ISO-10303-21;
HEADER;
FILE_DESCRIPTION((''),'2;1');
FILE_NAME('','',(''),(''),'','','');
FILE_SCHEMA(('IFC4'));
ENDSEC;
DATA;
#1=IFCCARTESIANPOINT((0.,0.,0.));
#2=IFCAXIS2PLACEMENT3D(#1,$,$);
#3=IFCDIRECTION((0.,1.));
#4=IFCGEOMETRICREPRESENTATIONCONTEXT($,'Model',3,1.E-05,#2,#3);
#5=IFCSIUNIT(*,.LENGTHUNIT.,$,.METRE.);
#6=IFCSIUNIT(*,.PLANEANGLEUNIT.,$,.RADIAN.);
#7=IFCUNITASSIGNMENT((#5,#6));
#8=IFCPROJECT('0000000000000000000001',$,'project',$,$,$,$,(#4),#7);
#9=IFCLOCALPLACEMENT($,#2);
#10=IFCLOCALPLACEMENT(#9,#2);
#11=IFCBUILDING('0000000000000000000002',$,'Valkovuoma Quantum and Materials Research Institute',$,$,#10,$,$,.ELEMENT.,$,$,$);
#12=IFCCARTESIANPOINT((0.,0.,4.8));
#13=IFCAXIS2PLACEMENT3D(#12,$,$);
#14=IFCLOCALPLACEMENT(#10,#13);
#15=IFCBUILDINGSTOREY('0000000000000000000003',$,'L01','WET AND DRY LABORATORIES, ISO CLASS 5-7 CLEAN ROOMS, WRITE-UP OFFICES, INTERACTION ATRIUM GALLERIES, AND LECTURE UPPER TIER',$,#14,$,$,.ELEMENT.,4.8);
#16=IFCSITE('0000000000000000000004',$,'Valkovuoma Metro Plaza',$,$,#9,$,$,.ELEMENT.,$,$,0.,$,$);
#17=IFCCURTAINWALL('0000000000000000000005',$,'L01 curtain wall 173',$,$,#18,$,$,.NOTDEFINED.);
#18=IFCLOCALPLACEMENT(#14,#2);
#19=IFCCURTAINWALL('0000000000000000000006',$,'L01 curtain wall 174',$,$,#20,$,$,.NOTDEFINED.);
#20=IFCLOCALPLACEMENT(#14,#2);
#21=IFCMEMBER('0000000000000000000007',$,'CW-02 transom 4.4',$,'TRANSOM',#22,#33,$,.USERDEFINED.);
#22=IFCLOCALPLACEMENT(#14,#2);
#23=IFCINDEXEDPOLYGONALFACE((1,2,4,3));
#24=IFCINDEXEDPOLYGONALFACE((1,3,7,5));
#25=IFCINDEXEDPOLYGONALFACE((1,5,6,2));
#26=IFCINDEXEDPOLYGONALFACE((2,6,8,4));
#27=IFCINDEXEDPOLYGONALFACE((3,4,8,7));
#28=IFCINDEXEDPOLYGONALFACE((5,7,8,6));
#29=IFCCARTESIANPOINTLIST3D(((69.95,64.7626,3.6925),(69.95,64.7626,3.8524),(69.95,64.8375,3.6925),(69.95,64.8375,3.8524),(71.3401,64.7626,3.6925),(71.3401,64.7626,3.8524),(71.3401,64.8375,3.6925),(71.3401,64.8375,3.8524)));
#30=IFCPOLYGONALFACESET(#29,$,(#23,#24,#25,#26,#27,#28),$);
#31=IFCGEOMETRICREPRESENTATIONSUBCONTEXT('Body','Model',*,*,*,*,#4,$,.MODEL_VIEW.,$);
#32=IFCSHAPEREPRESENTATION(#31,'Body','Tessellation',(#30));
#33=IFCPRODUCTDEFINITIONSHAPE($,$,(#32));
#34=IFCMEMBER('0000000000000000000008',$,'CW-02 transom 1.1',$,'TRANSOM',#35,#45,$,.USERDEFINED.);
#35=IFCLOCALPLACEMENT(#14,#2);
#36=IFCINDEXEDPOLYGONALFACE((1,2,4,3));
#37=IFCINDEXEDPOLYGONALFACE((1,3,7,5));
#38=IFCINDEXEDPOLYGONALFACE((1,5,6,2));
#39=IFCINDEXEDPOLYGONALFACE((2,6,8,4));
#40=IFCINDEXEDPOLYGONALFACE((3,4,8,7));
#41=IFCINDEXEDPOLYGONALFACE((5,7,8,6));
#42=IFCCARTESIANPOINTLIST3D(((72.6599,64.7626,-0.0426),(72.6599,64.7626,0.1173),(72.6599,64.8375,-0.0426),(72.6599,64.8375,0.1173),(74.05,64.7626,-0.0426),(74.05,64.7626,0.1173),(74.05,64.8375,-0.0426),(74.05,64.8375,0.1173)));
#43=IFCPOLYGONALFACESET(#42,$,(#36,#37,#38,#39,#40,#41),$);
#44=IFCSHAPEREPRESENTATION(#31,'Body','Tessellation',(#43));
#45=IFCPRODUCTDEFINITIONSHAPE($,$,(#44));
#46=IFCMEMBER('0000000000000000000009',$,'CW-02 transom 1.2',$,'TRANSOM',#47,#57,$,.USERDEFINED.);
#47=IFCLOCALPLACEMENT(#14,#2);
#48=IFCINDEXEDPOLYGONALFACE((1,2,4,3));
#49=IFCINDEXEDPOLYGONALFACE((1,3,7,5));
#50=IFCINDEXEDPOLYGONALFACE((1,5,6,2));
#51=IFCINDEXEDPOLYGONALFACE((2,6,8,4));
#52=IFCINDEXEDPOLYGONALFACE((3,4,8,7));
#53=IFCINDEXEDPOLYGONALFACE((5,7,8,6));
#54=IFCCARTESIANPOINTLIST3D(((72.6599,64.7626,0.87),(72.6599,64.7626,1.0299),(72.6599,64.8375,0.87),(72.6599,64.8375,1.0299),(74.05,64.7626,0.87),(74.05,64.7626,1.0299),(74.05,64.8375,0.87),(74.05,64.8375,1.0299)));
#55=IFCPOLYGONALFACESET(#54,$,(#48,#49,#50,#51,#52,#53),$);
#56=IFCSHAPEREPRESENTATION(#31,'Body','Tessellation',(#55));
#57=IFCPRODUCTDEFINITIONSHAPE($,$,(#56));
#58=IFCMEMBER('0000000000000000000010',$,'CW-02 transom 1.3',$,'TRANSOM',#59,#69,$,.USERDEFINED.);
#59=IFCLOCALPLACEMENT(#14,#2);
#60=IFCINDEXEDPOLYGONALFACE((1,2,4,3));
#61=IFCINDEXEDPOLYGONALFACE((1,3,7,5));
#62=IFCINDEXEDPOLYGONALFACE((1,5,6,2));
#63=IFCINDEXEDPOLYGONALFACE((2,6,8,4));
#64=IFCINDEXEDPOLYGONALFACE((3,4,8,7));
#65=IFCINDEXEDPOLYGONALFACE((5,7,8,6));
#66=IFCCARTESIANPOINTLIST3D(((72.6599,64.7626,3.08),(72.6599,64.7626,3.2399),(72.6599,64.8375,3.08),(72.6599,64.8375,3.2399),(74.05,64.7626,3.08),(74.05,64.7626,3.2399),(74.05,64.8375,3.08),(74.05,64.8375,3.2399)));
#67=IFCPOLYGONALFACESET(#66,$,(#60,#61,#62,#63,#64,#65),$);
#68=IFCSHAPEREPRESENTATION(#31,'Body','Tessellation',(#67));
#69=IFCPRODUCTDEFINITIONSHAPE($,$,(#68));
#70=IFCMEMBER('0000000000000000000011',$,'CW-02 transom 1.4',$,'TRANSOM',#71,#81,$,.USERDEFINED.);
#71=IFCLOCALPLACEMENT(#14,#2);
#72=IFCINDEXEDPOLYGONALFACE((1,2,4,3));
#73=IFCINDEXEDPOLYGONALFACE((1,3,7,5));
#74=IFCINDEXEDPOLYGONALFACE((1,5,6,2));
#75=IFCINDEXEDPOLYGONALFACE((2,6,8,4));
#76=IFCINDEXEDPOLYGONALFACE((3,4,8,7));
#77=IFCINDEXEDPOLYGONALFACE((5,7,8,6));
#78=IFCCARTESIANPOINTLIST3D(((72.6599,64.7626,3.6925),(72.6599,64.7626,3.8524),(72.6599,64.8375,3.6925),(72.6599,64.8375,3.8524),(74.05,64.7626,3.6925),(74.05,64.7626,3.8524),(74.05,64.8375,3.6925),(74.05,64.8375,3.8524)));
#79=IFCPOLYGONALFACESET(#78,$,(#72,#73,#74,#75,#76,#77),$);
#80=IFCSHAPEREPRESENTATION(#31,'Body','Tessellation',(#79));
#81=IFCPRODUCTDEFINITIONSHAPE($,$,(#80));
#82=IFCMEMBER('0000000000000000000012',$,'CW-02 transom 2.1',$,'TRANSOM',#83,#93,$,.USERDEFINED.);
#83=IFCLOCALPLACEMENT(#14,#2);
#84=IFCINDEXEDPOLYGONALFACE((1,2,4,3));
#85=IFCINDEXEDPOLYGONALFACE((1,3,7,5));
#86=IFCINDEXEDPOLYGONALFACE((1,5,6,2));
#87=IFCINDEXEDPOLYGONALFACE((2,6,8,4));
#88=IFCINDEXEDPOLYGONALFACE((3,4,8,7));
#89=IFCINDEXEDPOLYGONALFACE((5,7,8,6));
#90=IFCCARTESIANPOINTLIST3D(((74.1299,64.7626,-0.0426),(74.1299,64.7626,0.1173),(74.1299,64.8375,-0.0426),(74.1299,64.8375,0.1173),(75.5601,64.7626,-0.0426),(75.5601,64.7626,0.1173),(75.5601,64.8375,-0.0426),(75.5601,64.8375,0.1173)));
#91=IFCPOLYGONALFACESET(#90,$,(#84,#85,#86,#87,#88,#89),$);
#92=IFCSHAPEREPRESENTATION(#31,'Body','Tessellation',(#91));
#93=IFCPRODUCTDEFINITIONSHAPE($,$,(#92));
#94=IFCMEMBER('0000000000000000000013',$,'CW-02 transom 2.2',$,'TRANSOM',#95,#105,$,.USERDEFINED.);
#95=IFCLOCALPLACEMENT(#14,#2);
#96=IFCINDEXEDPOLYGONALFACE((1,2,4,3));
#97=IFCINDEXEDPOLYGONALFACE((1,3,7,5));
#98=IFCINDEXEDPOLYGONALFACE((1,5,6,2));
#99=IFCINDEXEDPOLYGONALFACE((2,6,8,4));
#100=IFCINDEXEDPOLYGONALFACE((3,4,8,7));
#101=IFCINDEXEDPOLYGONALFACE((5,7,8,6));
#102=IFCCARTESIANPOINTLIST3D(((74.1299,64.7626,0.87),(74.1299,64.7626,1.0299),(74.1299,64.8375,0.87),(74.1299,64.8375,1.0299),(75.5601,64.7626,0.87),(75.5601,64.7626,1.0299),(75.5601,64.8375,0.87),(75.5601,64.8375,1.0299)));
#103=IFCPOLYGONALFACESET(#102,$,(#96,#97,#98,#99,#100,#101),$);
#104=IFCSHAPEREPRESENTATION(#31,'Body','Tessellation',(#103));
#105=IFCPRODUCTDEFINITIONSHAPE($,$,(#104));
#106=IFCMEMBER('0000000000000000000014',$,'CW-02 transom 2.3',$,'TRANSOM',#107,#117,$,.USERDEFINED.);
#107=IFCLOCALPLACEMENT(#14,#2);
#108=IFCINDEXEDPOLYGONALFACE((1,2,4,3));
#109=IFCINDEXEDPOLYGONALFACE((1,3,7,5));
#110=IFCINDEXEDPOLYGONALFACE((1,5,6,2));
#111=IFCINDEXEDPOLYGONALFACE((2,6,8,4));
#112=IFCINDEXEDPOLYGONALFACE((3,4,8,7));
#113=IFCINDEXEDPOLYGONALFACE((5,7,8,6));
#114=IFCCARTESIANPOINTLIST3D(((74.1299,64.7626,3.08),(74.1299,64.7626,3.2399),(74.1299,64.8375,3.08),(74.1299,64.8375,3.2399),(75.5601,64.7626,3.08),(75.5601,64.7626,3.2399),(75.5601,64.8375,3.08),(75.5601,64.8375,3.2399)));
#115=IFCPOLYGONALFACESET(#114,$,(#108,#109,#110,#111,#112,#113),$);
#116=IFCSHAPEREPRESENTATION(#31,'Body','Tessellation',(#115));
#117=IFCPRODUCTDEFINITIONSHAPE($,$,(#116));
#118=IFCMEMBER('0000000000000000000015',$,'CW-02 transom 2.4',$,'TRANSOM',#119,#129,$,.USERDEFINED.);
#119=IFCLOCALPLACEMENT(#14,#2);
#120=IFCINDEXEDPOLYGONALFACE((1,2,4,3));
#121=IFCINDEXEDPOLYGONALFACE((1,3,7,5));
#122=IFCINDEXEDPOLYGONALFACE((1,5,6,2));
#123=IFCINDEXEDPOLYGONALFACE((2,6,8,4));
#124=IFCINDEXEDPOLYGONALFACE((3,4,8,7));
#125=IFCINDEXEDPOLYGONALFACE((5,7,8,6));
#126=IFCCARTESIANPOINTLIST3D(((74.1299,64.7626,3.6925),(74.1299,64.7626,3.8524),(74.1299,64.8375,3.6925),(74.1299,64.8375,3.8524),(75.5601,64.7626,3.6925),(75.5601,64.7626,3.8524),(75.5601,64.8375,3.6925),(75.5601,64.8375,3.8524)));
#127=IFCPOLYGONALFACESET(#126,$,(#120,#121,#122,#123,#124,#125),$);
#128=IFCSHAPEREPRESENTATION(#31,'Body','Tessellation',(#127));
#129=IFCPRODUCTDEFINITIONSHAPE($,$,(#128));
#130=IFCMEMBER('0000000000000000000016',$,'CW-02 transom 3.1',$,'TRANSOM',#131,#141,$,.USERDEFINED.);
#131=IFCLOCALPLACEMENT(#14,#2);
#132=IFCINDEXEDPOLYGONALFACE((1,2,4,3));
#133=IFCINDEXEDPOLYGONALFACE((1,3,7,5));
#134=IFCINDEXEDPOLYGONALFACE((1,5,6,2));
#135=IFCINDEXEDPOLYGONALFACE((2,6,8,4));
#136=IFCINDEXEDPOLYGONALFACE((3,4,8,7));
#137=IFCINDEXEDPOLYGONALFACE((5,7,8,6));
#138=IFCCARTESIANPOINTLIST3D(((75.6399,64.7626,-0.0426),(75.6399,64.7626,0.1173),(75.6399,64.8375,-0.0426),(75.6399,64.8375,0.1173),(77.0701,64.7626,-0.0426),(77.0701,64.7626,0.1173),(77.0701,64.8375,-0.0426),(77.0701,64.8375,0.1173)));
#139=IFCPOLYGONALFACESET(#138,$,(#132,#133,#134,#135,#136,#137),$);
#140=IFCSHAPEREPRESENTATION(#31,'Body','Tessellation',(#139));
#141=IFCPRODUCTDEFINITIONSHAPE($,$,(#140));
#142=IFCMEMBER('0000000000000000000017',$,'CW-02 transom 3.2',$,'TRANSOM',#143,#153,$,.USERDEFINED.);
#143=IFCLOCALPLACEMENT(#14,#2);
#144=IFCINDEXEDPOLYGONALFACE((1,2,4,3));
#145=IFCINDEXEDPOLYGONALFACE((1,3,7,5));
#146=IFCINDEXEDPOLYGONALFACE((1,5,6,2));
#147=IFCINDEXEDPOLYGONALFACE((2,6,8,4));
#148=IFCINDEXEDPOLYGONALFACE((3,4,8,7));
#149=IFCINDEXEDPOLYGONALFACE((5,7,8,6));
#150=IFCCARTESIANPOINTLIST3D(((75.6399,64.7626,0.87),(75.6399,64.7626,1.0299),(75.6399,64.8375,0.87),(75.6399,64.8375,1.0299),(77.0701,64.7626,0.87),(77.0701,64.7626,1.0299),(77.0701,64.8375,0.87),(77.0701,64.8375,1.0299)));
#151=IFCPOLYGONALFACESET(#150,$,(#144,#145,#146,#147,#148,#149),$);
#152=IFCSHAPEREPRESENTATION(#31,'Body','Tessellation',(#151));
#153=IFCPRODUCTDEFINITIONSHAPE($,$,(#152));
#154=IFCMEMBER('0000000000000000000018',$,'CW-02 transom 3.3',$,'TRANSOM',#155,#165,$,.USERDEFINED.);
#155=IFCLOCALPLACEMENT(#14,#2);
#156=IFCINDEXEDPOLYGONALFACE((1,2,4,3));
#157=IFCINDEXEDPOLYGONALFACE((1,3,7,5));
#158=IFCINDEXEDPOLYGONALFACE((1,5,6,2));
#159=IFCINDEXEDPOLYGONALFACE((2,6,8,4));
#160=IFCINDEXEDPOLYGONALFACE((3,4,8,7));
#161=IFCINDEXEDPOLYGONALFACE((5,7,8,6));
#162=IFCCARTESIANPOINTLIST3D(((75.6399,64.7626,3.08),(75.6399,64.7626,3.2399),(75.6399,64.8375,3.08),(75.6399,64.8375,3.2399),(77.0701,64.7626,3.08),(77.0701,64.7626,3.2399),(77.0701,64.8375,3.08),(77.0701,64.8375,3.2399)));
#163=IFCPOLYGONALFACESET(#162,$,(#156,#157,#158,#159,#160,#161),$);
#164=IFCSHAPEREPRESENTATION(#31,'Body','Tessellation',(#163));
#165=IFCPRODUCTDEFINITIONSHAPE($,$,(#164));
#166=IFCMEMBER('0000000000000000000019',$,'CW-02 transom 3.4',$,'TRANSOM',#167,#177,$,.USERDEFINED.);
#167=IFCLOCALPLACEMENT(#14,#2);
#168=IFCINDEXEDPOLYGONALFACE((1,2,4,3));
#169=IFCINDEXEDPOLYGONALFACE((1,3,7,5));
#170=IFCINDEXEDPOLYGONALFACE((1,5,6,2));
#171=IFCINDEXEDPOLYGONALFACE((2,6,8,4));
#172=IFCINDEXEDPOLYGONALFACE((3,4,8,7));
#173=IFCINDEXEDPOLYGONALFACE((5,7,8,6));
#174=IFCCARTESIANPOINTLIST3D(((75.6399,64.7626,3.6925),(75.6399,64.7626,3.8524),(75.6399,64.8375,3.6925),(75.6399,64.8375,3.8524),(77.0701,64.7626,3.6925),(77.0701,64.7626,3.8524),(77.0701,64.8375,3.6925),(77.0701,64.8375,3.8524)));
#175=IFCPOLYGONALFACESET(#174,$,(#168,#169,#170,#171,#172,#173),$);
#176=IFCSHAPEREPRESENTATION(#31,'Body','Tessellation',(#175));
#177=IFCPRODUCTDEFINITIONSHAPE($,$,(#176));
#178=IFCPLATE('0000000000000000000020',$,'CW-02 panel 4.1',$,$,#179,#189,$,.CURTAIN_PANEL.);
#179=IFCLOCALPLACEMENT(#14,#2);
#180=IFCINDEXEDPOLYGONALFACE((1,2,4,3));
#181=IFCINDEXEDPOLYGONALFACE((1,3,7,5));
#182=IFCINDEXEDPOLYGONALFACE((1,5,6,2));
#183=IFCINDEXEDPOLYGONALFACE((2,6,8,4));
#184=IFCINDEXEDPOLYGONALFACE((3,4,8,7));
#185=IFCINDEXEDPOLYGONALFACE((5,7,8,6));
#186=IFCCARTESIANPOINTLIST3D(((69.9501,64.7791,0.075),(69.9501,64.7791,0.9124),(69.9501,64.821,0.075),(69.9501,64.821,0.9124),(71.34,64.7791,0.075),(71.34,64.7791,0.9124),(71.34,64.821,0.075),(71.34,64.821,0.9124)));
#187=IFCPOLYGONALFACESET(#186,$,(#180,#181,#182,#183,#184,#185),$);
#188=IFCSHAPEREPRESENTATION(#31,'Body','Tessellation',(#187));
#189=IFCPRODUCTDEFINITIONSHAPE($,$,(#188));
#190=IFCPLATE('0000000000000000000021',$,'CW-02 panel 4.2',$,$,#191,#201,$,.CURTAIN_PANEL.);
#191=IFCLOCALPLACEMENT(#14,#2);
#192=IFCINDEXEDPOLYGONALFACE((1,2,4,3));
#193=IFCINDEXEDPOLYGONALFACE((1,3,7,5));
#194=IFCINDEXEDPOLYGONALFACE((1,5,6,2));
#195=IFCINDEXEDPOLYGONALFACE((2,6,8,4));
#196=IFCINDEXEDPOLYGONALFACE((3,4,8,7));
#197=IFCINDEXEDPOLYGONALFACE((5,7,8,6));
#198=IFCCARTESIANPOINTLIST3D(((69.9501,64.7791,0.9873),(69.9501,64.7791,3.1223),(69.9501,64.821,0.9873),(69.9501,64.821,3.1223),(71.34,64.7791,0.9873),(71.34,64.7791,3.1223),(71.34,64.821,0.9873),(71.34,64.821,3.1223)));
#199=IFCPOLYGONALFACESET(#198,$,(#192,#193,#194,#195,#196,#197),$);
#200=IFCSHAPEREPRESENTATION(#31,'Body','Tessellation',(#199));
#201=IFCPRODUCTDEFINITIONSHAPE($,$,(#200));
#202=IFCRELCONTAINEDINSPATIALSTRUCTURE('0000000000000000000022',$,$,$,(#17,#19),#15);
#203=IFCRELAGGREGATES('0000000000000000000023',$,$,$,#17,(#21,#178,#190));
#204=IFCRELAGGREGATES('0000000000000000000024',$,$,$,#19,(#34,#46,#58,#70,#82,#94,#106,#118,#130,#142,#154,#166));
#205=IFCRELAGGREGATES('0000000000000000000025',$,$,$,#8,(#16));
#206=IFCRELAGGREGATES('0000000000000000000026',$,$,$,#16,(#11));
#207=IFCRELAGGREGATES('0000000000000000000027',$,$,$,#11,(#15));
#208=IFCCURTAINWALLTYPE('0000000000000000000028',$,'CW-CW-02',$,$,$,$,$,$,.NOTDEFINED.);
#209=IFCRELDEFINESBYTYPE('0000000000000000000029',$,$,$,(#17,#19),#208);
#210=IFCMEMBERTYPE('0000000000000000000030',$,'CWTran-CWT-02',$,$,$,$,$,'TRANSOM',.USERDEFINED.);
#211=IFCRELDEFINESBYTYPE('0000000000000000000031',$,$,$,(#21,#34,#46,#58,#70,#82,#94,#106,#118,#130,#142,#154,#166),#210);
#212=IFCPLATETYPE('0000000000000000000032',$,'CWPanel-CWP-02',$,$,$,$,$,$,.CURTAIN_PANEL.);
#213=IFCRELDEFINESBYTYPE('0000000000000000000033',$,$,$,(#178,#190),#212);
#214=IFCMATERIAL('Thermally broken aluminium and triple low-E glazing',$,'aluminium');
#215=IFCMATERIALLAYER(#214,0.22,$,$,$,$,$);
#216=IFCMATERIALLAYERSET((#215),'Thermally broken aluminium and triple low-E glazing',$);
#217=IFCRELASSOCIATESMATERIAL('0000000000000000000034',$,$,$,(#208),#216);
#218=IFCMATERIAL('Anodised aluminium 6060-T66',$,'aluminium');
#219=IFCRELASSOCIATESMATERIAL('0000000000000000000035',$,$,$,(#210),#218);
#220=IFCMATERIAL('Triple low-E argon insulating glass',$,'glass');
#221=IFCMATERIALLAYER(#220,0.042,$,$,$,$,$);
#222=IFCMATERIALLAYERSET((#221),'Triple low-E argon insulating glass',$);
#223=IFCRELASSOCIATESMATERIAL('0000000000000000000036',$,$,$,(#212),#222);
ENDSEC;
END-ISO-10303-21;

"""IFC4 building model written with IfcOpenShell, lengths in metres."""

from ifc_helpers import new_model, si_unit, direction, frame, origin, origin_2d, place, context, subcontext, project, spatial, rectangle, extrude, material, layer, layer_set, material_profile, profile_set, type_object, element, aggregate, save


model = new_model("IFC4")

# Units and contexts
model_context = context("Model", 3, precision=1e-05, world=origin(), true_north=direction((0.0, 1.0)))
body_context = subcontext(model_context, "Body", "Model", "MODEL_VIEW")
ifc_project = project(units=[si_unit("LENGTHUNIT", "METRE"), si_unit("PLANEANGLEUNIT", "RADIAN")], contexts=[model_context])

# Site, building, storey
site_placement = place(None, origin())
site = spatial("IfcSite", under=ifc_project, at=site_placement, Name="Valkovuoma Metro Plaza", CompositionType="ELEMENT", RefElevation=0.0)
building_placement = place(site_placement, origin())
building = spatial("IfcBuilding", under=site, at=building_placement, Name="Valkovuoma Quantum and Materials Research Institute", CompositionType="ELEMENT")
storey_placement = place(building_placement, frame((0.0, 0.0, 4.8)))
storey = spatial("IfcBuildingStorey", under=building, at=storey_placement, Name="L01", Description="WET AND DRY LABORATORIES, ISO CLASS 5-7 CLEAN ROOMS, WRITE-UP OFFICES, INTERACTION ATRIUM GALLERIES, AND LECTURE UPPER TIER", CompositionType="ELEMENT", Elevation=4.8)

# Curtain walls
ifc_material_1 = material(Name="Thermally broken aluminium and triple low-E glazing", Category="aluminium")
ifc_layer_1 = layer(ifc_material_1, 0.22)
ifc_layer_set_1 = layer_set([ifc_layer_1], Name="Thermally broken aluminium and triple low-E glazing")
curtain_wall_type = type_object("IfcCurtainWallType", Name="CW-CW-02", PredefinedType="NOTDEFINED", material=ifc_layer_set_1)
curtain_wall_1_placement = place(storey_placement, origin())
curtain_wall_1 = element("IfcCurtainWall", 1, at=curtain_wall_1_placement, inside=storey, type_object=curtain_wall_type, Name="L01 curtain wall 173", PredefinedType="NOTDEFINED")
curtain_wall_2_placement = place(storey_placement, origin())
curtain_wall_2 = element("IfcCurtainWall", 2, at=curtain_wall_2_placement, inside=storey, type_object=curtain_wall_type, Name="L01 curtain wall 174", PredefinedType="NOTDEFINED")

# Members
ifc_material_2 = material(Name="Anodised aluminium 6060-T66", Category="aluminium")
ifc_material_profile_1 = material_profile(ifc_material_2, rectangle(XDim=0.075, YDim=0.1599, at=origin_2d()), Name="Anodised aluminium 6060-T66")
ifc_profile_set_1 = profile_set([ifc_material_profile_1], Name="Anodised aluminium 6060-T66")
member_type_1 = type_object("IfcMemberType", Name="CWTran-CWT-02", ElementType="TRANSOM", PredefinedType="USERDEFINED", material=ifc_profile_set_1)
member_1_placement = place(storey_placement, frame((69.95, 64.8, 3.7725), z_axis=(1.0, 0.0, 0.0), x_axis=(0.0, 1.0, 0.0)))
member_1 = element("IfcMember", 3, at=member_1_placement, type_object=member_type_1, Name="CW-02 transom 4.4", ObjectType="TRANSOM", PredefinedType="USERDEFINED", context=body_context, shape_type="SweptSolid", body=[
    extrude(rectangle(XDim=0.075, YDim=0.1599, at=origin_2d()), origin(), (0.0, 0.0, 1.0), 1.3901),
])
member_2_placement = place(storey_placement, frame((72.6599, 64.8, 0.0374), z_axis=(1.0, 0.0, 0.0), x_axis=(0.0, 1.0, 0.0)))
member_2 = element("IfcMember", 4, at=member_2_placement, type_object=member_type_1, Name="CW-02 transom 1.1", ObjectType="TRANSOM", PredefinedType="USERDEFINED", context=body_context, shape_type="SweptSolid", body=[
    extrude(rectangle(XDim=0.075, YDim=0.1599, at=origin_2d()), origin(), (0.0, 0.0, 1.0), 1.3901),
])
member_3_placement = place(storey_placement, frame((72.6599, 64.8, 0.95), z_axis=(1.0, 0.0, 0.0), x_axis=(0.0, 1.0, 0.0)))
member_3 = element("IfcMember", 5, at=member_3_placement, type_object=member_type_1, Name="CW-02 transom 1.2", ObjectType="TRANSOM", PredefinedType="USERDEFINED", context=body_context, shape_type="SweptSolid", body=[
    extrude(rectangle(XDim=0.075, YDim=0.1599, at=origin_2d()), origin(), (0.0, 0.0, 1.0), 1.3901),
])
member_4_placement = place(storey_placement, frame((72.6599, 64.8, 3.1599), z_axis=(1.0, 0.0, 0.0), x_axis=(0.0, 1.0, 0.0)))
member_4 = element("IfcMember", 6, at=member_4_placement, type_object=member_type_1, Name="CW-02 transom 1.3", ObjectType="TRANSOM", PredefinedType="USERDEFINED", context=body_context, shape_type="SweptSolid", body=[
    extrude(rectangle(XDim=0.075, YDim=0.1599, at=origin_2d()), origin(), (0.0, 0.0, 1.0), 1.3901),
])
member_5_placement = place(storey_placement, frame((72.6599, 64.8, 3.7725), z_axis=(1.0, 0.0, 0.0), x_axis=(0.0, 1.0, 0.0)))
member_5 = element("IfcMember", 7, at=member_5_placement, type_object=member_type_1, Name="CW-02 transom 1.4", ObjectType="TRANSOM", PredefinedType="USERDEFINED", context=body_context, shape_type="SweptSolid", body=[
    extrude(rectangle(XDim=0.075, YDim=0.1599, at=origin_2d()), origin(), (0.0, 0.0, 1.0), 1.3901),
])
member_6_placement = place(storey_placement, frame((74.1299, 64.8, 0.0374), z_axis=(1.0, 0.0, 0.0), x_axis=(0.0, 1.0, 0.0)))
member_6 = element("IfcMember", 8, at=member_6_placement, type_object=member_type_1, Name="CW-02 transom 2.1", ObjectType="TRANSOM", PredefinedType="USERDEFINED", context=body_context, shape_type="SweptSolid", body=[
    extrude(rectangle(XDim=0.075, YDim=0.1599, at=origin_2d()), origin(), (0.0, 0.0, 1.0), 1.4302),
])
member_7_placement = place(storey_placement, frame((74.1299, 64.8, 0.95), z_axis=(1.0, 0.0, 0.0), x_axis=(0.0, 1.0, 0.0)))
member_7 = element("IfcMember", 9, at=member_7_placement, type_object=member_type_1, Name="CW-02 transom 2.2", ObjectType="TRANSOM", PredefinedType="USERDEFINED", context=body_context, shape_type="SweptSolid", body=[
    extrude(rectangle(XDim=0.075, YDim=0.1599, at=origin_2d()), origin(), (0.0, 0.0, 1.0), 1.4302),
])
member_8_placement = place(storey_placement, frame((74.1299, 64.8, 3.1599), z_axis=(1.0, 0.0, 0.0), x_axis=(0.0, 1.0, 0.0)))
member_8 = element("IfcMember", 10, at=member_8_placement, type_object=member_type_1, Name="CW-02 transom 2.3", ObjectType="TRANSOM", PredefinedType="USERDEFINED", context=body_context, shape_type="SweptSolid", body=[
    extrude(rectangle(XDim=0.075, YDim=0.1599, at=origin_2d()), origin(), (0.0, 0.0, 1.0), 1.4302),
])
member_9_placement = place(storey_placement, frame((74.1299, 64.8, 3.7725), z_axis=(1.0, 0.0, 0.0), x_axis=(0.0, 1.0, 0.0)))
member_9 = element("IfcMember", 11, at=member_9_placement, type_object=member_type_1, Name="CW-02 transom 2.4", ObjectType="TRANSOM", PredefinedType="USERDEFINED", context=body_context, shape_type="SweptSolid", body=[
    extrude(rectangle(XDim=0.075, YDim=0.1599, at=origin_2d()), origin(), (0.0, 0.0, 1.0), 1.4302),
])
member_10_placement = place(storey_placement, frame((75.6399, 64.8, 0.0374), z_axis=(1.0, 0.0, 0.0), x_axis=(0.0, 1.0, 0.0)))
member_10 = element("IfcMember", 12, at=member_10_placement, type_object=member_type_1, Name="CW-02 transom 3.1", ObjectType="TRANSOM", PredefinedType="USERDEFINED", context=body_context, shape_type="SweptSolid", body=[
    extrude(rectangle(XDim=0.075, YDim=0.1599, at=origin_2d()), origin(), (0.0, 0.0, 1.0), 1.4302),
])
member_11_placement = place(storey_placement, frame((75.6399, 64.8, 0.95), z_axis=(1.0, 0.0, 0.0), x_axis=(0.0, 1.0, 0.0)))
member_11 = element("IfcMember", 13, at=member_11_placement, type_object=member_type_1, Name="CW-02 transom 3.2", ObjectType="TRANSOM", PredefinedType="USERDEFINED", context=body_context, shape_type="SweptSolid", body=[
    extrude(rectangle(XDim=0.075, YDim=0.1599, at=origin_2d()), origin(), (0.0, 0.0, 1.0), 1.4302),
])
member_12_placement = place(storey_placement, frame((75.6399, 64.8, 3.1599), z_axis=(1.0, 0.0, 0.0), x_axis=(0.0, 1.0, 0.0)))
member_12 = element("IfcMember", 14, at=member_12_placement, type_object=member_type_1, Name="CW-02 transom 3.3", ObjectType="TRANSOM", PredefinedType="USERDEFINED", context=body_context, shape_type="SweptSolid", body=[
    extrude(rectangle(XDim=0.075, YDim=0.1599, at=origin_2d()), origin(), (0.0, 0.0, 1.0), 1.4302),
])
member_13_placement = place(storey_placement, frame((75.6399, 64.8, 3.7725), z_axis=(1.0, 0.0, 0.0), x_axis=(0.0, 1.0, 0.0)))
member_13 = element("IfcMember", 15, at=member_13_placement, type_object=member_type_1, Name="CW-02 transom 3.4", ObjectType="TRANSOM", PredefinedType="USERDEFINED", context=body_context, shape_type="SweptSolid", body=[
    extrude(rectangle(XDim=0.075, YDim=0.1599, at=origin_2d()), origin(), (0.0, 0.0, 1.0), 1.4302),
])

# Plates
ifc_material_3 = material(Name="Triple low-E argon insulating glass", Category="glass")
ifc_layer_2 = layer(ifc_material_3, 0.042)
ifc_layer_set_2 = layer_set([ifc_layer_2], Name="Triple low-E argon insulating glass")
plate_type = type_object("IfcPlateType", Name="CWPanel-CWP-02", PredefinedType="CURTAIN_PANEL", material=ifc_layer_set_2)
plate_1_placement = place(storey_placement, frame((70.645, 64.8, 0.075), z_axis=(0.0, 0.0, 1.0), x_axis=(1.0, 0.0, 0.0)))
plate_1 = element("IfcPlate", 16, at=plate_1_placement, type_object=plate_type, Name="CW-02 panel 4.1", PredefinedType="CURTAIN_PANEL", context=body_context, shape_type="SweptSolid", body=[
    extrude(rectangle(XDim=1.3899, YDim=0.042, at=origin_2d()), origin(), (0.0, 0.0, 1.0), 0.8374),
])
plate_2_placement = place(storey_placement, frame((70.645, 64.8, 0.9873), z_axis=(0.0, 0.0, 1.0), x_axis=(1.0, 0.0, 0.0)))
plate_2 = element("IfcPlate", 17, at=plate_2_placement, type_object=plate_type, Name="CW-02 panel 4.2", PredefinedType="CURTAIN_PANEL", context=body_context, shape_type="SweptSolid", body=[
    extrude(rectangle(XDim=1.3899, YDim=0.042, at=origin_2d()), origin(), (0.0, 0.0, 1.0), 2.135),
])
aggregate(curtain_wall_1, [member_1, plate_1, plate_2])
aggregate(curtain_wall_2, [member_2, member_3, member_4, member_5, member_6, member_7, member_8, member_9, member_10, member_11, member_12, member_13])

save(model, "model.ifc")
